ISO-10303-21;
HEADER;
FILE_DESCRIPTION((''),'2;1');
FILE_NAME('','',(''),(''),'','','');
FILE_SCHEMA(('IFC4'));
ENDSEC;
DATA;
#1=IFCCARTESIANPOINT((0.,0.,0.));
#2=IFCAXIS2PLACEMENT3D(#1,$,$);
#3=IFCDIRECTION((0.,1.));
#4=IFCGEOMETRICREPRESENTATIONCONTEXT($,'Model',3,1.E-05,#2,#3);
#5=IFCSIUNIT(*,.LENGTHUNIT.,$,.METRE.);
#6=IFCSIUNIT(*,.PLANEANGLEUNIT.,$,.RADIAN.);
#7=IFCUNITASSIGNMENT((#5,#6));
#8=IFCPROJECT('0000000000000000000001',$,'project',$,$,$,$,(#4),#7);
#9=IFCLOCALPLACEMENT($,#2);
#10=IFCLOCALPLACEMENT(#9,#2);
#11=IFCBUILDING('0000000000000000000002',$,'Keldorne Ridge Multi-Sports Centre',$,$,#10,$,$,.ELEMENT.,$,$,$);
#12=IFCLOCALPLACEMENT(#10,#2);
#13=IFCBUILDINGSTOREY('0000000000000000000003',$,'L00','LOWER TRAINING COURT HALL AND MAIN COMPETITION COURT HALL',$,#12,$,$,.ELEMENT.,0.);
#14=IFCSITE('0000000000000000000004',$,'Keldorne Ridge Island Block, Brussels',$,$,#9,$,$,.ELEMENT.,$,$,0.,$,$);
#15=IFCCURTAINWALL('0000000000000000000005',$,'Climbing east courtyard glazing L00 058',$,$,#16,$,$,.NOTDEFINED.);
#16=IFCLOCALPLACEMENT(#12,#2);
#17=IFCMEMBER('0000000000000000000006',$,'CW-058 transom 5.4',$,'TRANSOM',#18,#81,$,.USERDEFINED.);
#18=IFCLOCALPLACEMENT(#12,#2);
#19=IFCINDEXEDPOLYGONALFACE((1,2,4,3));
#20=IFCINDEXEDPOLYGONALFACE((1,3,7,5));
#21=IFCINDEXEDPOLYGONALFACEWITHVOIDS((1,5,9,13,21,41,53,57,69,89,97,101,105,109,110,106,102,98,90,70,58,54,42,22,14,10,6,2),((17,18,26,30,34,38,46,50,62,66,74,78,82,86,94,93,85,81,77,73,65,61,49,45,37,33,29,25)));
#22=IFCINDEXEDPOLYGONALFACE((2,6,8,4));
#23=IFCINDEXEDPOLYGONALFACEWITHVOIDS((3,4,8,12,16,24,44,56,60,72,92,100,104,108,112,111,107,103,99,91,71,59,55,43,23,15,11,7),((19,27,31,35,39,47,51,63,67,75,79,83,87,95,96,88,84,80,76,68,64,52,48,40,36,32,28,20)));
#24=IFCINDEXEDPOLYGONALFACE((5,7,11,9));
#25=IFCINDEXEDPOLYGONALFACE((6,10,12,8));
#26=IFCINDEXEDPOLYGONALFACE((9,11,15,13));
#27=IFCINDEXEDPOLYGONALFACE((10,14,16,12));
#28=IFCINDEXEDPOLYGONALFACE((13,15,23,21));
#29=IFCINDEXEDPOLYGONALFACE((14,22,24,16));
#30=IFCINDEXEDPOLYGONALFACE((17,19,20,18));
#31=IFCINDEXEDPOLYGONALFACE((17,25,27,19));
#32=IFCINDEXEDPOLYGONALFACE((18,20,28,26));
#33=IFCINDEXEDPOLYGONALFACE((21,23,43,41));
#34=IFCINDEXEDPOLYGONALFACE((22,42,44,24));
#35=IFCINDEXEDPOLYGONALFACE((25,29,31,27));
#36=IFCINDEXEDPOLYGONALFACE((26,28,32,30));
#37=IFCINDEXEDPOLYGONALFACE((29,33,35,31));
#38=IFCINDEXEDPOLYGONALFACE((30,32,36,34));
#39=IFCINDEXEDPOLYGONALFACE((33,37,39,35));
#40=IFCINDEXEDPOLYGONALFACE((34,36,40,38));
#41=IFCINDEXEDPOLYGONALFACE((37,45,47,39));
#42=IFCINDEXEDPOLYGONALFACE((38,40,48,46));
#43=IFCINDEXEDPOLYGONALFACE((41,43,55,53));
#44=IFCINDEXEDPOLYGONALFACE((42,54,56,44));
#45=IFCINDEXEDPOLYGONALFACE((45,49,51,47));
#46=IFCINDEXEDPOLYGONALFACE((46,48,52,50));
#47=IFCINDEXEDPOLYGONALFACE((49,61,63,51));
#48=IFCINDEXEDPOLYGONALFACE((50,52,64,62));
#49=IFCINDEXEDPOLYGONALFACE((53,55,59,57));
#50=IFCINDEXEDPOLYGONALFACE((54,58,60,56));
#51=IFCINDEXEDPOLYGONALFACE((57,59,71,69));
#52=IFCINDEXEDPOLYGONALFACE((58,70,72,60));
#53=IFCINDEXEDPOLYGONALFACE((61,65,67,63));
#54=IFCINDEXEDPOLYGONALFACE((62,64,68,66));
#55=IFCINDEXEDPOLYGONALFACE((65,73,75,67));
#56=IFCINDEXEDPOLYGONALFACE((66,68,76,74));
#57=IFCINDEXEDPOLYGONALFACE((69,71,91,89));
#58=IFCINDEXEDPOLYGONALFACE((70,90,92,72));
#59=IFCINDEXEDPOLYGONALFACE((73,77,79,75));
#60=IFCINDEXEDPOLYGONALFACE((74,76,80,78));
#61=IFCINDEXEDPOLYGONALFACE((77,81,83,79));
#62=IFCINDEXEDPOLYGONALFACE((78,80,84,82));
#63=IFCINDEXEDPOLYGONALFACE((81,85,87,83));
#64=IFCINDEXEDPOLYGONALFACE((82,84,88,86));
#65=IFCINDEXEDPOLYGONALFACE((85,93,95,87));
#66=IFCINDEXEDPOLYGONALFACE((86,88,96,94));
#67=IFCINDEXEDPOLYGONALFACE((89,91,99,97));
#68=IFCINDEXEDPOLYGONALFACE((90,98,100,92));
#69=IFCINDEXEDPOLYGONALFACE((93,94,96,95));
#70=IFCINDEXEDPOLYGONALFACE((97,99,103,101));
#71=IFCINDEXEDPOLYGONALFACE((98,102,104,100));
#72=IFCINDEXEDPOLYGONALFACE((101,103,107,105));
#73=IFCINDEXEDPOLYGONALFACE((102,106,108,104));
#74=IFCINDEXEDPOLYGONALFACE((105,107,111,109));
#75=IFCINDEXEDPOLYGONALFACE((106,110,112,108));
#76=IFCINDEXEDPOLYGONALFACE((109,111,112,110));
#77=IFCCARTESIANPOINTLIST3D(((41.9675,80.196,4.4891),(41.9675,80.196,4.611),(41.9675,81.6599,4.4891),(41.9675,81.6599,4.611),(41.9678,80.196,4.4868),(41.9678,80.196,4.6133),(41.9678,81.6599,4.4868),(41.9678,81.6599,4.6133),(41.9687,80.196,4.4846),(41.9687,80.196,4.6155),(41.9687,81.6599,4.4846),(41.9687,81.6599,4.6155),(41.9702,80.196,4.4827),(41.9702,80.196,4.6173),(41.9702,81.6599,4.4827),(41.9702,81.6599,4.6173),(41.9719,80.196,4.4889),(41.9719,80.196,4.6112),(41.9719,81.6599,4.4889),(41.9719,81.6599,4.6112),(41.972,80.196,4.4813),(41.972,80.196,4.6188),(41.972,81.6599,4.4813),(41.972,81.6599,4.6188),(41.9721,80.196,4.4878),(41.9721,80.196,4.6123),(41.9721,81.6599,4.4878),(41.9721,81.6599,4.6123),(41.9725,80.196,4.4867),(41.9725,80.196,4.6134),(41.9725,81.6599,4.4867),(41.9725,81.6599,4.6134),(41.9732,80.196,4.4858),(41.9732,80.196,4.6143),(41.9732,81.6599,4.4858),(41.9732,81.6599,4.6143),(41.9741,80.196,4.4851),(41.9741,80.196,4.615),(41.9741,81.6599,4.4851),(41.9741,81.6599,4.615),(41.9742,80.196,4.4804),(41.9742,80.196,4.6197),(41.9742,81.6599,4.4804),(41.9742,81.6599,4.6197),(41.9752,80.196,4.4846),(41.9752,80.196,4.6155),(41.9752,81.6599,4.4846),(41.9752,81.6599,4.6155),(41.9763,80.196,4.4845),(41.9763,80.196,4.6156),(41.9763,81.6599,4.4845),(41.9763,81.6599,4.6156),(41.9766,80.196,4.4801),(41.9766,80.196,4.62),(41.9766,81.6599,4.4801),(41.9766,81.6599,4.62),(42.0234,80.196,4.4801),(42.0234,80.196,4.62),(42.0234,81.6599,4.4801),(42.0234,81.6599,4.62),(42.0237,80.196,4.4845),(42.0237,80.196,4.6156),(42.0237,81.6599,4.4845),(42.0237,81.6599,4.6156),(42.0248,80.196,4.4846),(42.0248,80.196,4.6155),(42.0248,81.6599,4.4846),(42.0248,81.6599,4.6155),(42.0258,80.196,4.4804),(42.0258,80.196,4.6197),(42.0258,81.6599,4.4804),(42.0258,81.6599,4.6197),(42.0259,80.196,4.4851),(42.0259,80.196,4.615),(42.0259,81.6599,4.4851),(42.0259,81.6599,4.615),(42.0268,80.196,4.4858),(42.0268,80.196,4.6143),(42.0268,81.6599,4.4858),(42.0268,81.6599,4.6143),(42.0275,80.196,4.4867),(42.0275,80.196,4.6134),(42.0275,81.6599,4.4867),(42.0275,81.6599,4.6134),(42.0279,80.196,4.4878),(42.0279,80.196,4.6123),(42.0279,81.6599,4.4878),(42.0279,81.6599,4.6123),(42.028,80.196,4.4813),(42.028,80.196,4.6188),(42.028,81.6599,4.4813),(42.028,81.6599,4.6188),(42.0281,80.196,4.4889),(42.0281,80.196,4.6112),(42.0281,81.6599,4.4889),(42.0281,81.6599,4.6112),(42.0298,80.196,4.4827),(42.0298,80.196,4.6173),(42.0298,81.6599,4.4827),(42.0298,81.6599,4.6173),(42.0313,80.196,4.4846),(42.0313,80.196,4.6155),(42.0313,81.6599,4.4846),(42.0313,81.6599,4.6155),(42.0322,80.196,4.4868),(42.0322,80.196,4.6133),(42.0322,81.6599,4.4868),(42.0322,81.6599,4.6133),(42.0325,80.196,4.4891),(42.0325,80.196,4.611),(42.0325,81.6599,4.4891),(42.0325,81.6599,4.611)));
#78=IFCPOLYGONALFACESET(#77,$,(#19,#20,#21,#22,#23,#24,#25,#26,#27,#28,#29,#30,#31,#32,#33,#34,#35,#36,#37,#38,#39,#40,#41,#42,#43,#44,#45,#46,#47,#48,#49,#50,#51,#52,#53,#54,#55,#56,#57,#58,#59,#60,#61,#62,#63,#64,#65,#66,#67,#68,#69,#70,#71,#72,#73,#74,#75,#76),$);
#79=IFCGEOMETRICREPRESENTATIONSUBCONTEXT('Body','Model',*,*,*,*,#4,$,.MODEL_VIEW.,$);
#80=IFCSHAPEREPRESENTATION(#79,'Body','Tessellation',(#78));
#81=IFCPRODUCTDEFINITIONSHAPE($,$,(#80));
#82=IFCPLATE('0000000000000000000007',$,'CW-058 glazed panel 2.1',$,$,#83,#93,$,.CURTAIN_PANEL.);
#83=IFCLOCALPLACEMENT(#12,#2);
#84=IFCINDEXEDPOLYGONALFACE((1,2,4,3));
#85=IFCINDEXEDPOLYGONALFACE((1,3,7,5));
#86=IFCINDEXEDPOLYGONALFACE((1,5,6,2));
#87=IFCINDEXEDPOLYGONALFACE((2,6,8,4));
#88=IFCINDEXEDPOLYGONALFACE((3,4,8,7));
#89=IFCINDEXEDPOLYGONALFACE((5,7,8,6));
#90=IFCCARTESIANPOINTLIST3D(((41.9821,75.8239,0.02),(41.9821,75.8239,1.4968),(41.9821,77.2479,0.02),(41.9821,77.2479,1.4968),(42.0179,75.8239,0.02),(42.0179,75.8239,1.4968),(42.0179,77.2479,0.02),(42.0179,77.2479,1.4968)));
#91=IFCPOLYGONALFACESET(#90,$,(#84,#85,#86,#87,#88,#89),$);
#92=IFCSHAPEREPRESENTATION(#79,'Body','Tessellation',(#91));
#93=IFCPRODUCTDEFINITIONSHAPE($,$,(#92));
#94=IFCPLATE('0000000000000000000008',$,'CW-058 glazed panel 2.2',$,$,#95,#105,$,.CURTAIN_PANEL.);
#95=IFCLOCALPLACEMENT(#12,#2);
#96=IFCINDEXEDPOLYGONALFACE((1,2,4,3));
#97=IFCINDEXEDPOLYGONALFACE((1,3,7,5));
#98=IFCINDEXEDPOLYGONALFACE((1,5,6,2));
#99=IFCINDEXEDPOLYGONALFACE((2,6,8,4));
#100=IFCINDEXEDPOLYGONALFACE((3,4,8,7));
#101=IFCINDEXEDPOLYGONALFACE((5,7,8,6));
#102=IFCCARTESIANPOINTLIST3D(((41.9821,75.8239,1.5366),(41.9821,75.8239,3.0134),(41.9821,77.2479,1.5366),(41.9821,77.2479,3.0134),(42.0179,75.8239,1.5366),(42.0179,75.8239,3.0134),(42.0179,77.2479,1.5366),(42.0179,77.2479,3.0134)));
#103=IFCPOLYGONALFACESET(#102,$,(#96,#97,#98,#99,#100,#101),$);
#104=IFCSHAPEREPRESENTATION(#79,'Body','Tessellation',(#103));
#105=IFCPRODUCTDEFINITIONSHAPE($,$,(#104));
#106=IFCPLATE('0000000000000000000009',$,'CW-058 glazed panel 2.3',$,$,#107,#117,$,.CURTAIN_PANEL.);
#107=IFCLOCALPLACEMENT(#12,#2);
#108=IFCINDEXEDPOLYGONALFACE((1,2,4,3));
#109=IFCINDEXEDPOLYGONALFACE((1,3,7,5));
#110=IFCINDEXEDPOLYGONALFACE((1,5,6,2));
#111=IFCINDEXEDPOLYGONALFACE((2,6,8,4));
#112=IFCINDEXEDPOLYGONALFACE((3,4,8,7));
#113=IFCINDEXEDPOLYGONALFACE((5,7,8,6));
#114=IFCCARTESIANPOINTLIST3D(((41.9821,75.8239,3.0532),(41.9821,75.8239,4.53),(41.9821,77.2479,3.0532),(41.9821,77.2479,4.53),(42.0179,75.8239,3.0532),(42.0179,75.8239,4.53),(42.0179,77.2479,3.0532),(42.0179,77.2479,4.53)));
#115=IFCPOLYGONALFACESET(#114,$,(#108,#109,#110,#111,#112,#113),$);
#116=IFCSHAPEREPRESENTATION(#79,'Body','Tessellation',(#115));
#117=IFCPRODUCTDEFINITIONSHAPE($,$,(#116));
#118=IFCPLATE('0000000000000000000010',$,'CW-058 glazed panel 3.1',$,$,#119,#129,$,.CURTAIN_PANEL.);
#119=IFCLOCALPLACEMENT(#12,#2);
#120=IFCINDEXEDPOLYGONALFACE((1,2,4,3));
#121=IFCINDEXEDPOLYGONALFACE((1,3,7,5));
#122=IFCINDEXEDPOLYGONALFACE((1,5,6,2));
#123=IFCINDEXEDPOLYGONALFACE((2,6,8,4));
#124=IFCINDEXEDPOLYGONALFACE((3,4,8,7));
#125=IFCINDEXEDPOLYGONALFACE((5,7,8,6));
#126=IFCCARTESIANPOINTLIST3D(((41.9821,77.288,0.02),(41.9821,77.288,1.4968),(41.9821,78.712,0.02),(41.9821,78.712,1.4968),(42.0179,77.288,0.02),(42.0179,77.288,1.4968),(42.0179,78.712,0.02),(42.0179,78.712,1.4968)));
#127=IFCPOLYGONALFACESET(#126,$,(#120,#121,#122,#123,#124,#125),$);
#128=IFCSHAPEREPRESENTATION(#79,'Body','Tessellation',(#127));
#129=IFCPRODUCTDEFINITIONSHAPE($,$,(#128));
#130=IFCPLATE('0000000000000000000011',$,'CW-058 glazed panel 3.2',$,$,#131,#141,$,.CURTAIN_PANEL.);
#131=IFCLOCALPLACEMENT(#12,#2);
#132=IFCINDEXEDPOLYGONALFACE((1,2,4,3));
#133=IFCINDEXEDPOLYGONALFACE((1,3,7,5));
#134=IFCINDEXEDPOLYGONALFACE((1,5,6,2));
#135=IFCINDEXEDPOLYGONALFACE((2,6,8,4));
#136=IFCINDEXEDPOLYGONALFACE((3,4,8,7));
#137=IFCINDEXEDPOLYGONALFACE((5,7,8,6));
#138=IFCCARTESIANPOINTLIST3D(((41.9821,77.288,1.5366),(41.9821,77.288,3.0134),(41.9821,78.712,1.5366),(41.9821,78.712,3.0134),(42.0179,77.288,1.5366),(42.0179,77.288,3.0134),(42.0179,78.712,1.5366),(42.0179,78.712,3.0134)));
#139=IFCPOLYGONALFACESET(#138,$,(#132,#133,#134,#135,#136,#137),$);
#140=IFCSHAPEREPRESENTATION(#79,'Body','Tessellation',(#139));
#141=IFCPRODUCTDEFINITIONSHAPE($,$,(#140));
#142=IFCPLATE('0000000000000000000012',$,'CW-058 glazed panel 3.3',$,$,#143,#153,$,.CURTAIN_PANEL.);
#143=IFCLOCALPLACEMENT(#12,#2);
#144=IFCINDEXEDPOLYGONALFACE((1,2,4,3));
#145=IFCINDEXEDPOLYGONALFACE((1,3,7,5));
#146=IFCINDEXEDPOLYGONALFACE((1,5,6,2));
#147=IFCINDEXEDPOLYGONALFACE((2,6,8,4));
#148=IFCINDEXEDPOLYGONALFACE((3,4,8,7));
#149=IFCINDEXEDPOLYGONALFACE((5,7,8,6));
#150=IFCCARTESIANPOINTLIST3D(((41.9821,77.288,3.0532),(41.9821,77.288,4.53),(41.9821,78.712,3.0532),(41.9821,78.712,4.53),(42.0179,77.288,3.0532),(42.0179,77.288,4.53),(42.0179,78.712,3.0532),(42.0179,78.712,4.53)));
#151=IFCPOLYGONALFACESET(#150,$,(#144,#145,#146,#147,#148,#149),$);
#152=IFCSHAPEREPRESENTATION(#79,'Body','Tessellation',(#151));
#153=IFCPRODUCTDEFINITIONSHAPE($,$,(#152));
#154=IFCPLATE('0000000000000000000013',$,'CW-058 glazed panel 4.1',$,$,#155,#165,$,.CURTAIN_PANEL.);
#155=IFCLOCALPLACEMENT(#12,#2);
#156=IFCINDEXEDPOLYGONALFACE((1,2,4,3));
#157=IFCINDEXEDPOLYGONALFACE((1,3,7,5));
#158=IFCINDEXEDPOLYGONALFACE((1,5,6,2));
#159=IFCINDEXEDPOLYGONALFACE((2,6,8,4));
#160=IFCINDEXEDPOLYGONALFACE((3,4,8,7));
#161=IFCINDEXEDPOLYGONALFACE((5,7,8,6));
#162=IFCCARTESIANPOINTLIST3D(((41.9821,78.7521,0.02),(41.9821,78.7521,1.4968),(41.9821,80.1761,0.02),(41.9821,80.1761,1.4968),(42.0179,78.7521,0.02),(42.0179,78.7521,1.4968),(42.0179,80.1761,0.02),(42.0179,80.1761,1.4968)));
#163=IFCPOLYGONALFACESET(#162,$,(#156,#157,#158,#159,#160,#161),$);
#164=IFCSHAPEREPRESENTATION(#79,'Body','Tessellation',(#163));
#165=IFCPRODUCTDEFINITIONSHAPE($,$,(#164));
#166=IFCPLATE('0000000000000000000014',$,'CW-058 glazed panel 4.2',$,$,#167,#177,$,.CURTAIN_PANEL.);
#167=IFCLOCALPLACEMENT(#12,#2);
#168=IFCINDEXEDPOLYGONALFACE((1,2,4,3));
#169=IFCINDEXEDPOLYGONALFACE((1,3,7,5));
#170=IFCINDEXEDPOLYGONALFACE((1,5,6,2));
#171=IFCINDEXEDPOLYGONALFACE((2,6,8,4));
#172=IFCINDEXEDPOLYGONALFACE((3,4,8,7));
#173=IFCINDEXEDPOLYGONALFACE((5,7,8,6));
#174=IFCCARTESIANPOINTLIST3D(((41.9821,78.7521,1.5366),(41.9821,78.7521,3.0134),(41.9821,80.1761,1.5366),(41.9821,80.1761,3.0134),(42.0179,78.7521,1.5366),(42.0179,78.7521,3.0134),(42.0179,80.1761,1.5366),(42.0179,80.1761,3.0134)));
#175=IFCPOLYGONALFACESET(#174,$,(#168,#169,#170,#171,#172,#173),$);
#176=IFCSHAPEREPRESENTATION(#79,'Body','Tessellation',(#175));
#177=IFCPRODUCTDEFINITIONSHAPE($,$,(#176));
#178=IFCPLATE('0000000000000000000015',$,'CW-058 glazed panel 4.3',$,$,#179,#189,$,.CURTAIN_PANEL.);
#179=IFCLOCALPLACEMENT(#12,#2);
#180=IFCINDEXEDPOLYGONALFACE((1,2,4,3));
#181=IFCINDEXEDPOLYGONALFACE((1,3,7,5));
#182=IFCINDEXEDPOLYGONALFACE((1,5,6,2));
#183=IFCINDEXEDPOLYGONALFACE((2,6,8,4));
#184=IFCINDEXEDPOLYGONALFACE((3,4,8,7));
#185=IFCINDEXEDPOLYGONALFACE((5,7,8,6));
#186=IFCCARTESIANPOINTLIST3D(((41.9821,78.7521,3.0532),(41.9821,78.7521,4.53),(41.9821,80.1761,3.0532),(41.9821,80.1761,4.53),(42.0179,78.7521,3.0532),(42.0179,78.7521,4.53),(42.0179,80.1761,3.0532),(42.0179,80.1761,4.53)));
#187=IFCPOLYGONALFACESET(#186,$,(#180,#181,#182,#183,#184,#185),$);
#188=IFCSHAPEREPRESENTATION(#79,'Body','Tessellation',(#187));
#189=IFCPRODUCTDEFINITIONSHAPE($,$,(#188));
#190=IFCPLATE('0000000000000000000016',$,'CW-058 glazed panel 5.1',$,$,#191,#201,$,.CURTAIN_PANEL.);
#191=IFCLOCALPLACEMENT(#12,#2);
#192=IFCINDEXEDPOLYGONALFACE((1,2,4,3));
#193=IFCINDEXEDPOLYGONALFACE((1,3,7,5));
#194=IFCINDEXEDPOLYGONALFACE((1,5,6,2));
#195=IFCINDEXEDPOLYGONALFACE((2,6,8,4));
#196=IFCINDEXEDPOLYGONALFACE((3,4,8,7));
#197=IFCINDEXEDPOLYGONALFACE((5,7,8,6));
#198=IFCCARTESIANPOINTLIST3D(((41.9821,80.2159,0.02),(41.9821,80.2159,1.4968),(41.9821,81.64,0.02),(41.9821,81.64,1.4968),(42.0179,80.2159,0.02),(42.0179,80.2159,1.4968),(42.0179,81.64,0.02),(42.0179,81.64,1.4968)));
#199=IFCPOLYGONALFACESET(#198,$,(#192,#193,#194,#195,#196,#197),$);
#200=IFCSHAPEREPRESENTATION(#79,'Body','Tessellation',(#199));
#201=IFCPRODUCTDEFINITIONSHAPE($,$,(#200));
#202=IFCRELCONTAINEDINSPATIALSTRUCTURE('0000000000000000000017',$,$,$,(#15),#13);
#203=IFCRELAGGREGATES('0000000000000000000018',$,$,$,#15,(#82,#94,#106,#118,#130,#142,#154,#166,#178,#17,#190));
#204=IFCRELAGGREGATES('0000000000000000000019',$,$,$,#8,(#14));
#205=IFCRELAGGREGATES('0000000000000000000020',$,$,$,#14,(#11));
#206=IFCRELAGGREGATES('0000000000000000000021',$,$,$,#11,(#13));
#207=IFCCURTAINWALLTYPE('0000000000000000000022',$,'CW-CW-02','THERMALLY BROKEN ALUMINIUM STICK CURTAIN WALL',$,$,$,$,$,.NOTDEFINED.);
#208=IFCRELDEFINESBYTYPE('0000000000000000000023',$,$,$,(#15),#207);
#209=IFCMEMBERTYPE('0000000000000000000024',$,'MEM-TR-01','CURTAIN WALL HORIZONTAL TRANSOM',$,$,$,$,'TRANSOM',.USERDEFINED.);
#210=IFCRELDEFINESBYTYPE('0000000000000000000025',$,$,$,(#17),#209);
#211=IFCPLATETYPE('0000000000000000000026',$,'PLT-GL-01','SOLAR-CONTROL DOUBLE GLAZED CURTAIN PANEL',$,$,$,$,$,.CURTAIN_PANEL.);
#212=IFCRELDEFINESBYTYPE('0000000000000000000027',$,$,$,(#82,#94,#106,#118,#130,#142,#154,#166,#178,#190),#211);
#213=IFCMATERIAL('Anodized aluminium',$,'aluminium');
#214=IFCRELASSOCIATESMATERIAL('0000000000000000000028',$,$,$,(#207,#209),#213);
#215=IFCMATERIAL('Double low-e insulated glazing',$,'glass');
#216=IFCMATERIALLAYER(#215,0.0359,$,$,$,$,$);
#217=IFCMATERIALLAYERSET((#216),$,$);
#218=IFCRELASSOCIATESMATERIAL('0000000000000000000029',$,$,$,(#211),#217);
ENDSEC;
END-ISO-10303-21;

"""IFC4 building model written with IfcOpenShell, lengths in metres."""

from ifc_helpers import new_model, si_unit, direction, frame, origin, origin_2d, place, context, subcontext, project, spatial, rectangle, hollow_rectangle, extrude, material, layer, layer_set, material_profile, profile_set, type_object, element, aggregate, save


model = new_model("IFC4")

# Units and contexts
model_context = context("Model", 3, precision=1e-05, world=origin(), true_north=direction((0.0, 1.0)))
body_context = subcontext(model_context, "Body", "Model", "MODEL_VIEW")
ifc_project = project(units=[si_unit("LENGTHUNIT", "METRE"), si_unit("PLANEANGLEUNIT", "RADIAN")], contexts=[model_context])

# Site, building, storey
site_placement = place(None, origin())
site = spatial("IfcSite", under=ifc_project, at=site_placement, Name="Keldorne Ridge Island Block, Brussels", CompositionType="ELEMENT", RefElevation=0.0)
building_placement = place(site_placement, origin())
building = spatial("IfcBuilding", under=site, at=building_placement, Name="Keldorne Ridge Multi-Sports Centre", CompositionType="ELEMENT")
storey_placement = place(building_placement, origin())
storey = spatial("IfcBuildingStorey", under=building, at=storey_placement, Name="L00", Description="LOWER TRAINING COURT HALL AND MAIN COMPETITION COURT HALL", CompositionType="ELEMENT", Elevation=0.0)

# Curtain wall, member, plates
ifc_material_1 = material(Name="Anodized aluminium", Category="aluminium")
curtain_wall_type = type_object("IfcCurtainWallType", Name="CW-CW-02", Description="THERMALLY BROKEN ALUMINIUM STICK CURTAIN WALL", PredefinedType="NOTDEFINED", material=ifc_material_1)
curtain_wall_placement = place(storey_placement, origin())
curtain_wall = element("IfcCurtainWall", 1, at=curtain_wall_placement, inside=storey, type_object=curtain_wall_type, Name="Climbing east courtyard glazing L00 058", PredefinedType="NOTDEFINED")
ifc_material_profile_1 = material_profile(ifc_material_1, hollow_rectangle(XDim=0.0649, YDim=0.1399, WallThickness=0.0044, InnerFilletRadius=0.0044, OuterFilletRadius=0.009, at=origin_2d()), Name="ALU TRANSOM 140x65x4.5")
ifc_profile_set_1 = profile_set([ifc_material_profile_1], Name="Anodized aluminium")
member_type_1 = type_object("IfcMemberType", Name="MEM-TR-01", Description="CURTAIN WALL HORIZONTAL TRANSOM", ElementType="TRANSOM", PredefinedType="USERDEFINED", material=ifc_profile_set_1)
member_1_placement = place(storey_placement, frame((42.0, 80.196, 4.55), z_axis=(0.0, 1.0, 0.0), x_axis=(-1.0, 0.0, 0.0)))
member_1 = element("IfcMember", 2, at=member_1_placement, type_object=member_type_1, Name="CW-058 transom 5.4", ObjectType="TRANSOM", PredefinedType="USERDEFINED", context=body_context, shape_type="SweptSolid", body=[
    extrude(hollow_rectangle(XDim=0.0649, YDim=0.1399, WallThickness=0.0044, InnerFilletRadius=0.0044, OuterFilletRadius=0.009, at=origin_2d()), origin(), (0.0, 0.0, 1.0), 1.4639),
])
ifc_material_2 = material(Name="Double low-e insulated glazing", Category="glass")
ifc_layer_1 = layer(ifc_material_2, 0.0359)
ifc_layer_set_1 = layer_set([ifc_layer_1])
plate_type_1 = type_object("IfcPlateType", Name="PLT-GL-01", Description="SOLAR-CONTROL DOUBLE GLAZED CURTAIN PANEL", PredefinedType="CURTAIN_PANEL", material=ifc_layer_set_1)
plate_1_placement = place(storey_placement, frame((42.0, 76.5359, 0.02), z_axis=(0.0, 0.0, 1.0), x_axis=(0.0, 1.0, 0.0)))
plate_1 = element("IfcPlate", 3, at=plate_1_placement, type_object=plate_type_1, Name="CW-058 glazed panel 2.1", PredefinedType="CURTAIN_PANEL", context=body_context, shape_type="SweptSolid", body=[
    extrude(rectangle(XDim=1.4241, YDim=0.0359, at=origin_2d()), origin(), (0.0, 0.0, 1.0), 1.4768),
])
plate_2_placement = place(storey_placement, frame((42.0, 76.5359, 1.5366), z_axis=(0.0, 0.0, 1.0), x_axis=(0.0, 1.0, 0.0)))
plate_2 = element("IfcPlate", 4, at=plate_2_placement, type_object=plate_type_1, Name="CW-058 glazed panel 2.2", PredefinedType="CURTAIN_PANEL", context=body_context, shape_type="SweptSolid", body=[
    extrude(rectangle(XDim=1.4241, YDim=0.0359, at=origin_2d()), origin(), (0.0, 0.0, 1.0), 1.4768),
])
plate_3_placement = place(storey_placement, frame((42.0, 76.5359, 3.0532), z_axis=(0.0, 0.0, 1.0), x_axis=(0.0, 1.0, 0.0)))
plate_3 = element("IfcPlate", 5, at=plate_3_placement, type_object=plate_type_1, Name="CW-058 glazed panel 2.3", PredefinedType="CURTAIN_PANEL", context=body_context, shape_type="SweptSolid", body=[
    extrude(rectangle(XDim=1.4241, YDim=0.0359, at=origin_2d()), origin(), (0.0, 0.0, 1.0), 1.4768),
])
plate_4_placement = place(storey_placement, frame((42.0, 78.0, 0.02), z_axis=(0.0, 0.0, 1.0), x_axis=(0.0, 1.0, 0.0)))
plate_4 = element("IfcPlate", 6, at=plate_4_placement, type_object=plate_type_1, Name="CW-058 glazed panel 3.1", PredefinedType="CURTAIN_PANEL", context=body_context, shape_type="SweptSolid", body=[
    extrude(rectangle(XDim=1.4241, YDim=0.0359, at=origin_2d()), origin(), (0.0, 0.0, 1.0), 1.4768),
])
plate_5_placement = place(storey_placement, frame((42.0, 78.0, 1.5366), z_axis=(0.0, 0.0, 1.0), x_axis=(0.0, 1.0, 0.0)))
plate_5 = element("IfcPlate", 7, at=plate_5_placement, type_object=plate_type_1, Name="CW-058 glazed panel 3.2", PredefinedType="CURTAIN_PANEL", context=body_context, shape_type="SweptSolid", body=[
    extrude(rectangle(XDim=1.4241, YDim=0.0359, at=origin_2d()), origin(), (0.0, 0.0, 1.0), 1.4768),
])
plate_6_placement = place(storey_placement, frame((42.0, 78.0, 3.0532), z_axis=(0.0, 0.0, 1.0), x_axis=(0.0, 1.0, 0.0)))
plate_6 = element("IfcPlate", 8, at=plate_6_placement, type_object=plate_type_1, Name="CW-058 glazed panel 3.3", PredefinedType="CURTAIN_PANEL", context=body_context, shape_type="SweptSolid", body=[
    extrude(rectangle(XDim=1.4241, YDim=0.0359, at=origin_2d()), origin(), (0.0, 0.0, 1.0), 1.4768),
])
plate_7_placement = place(storey_placement, frame((42.0, 79.4641, 0.02), z_axis=(0.0, 0.0, 1.0), x_axis=(0.0, 1.0, 0.0)))
plate_7 = element("IfcPlate", 9, at=plate_7_placement, type_object=plate_type_1, Name="CW-058 glazed panel 4.1", PredefinedType="CURTAIN_PANEL", context=body_context, shape_type="SweptSolid", body=[
    extrude(rectangle(XDim=1.4241, YDim=0.0359, at=origin_2d()), origin(), (0.0, 0.0, 1.0), 1.4768),
])
plate_8_placement = place(storey_placement, frame((42.0, 79.4641, 1.5366), z_axis=(0.0, 0.0, 1.0), x_axis=(0.0, 1.0, 0.0)))
plate_8 = element("IfcPlate", 10, at=plate_8_placement, type_object=plate_type_1, Name="CW-058 glazed panel 4.2", PredefinedType="CURTAIN_PANEL", context=body_context, shape_type="SweptSolid", body=[
    extrude(rectangle(XDim=1.4241, YDim=0.0359, at=origin_2d()), origin(), (0.0, 0.0, 1.0), 1.4768),
])
plate_9_placement = place(storey_placement, frame((42.0, 79.4641, 3.0532), z_axis=(0.0, 0.0, 1.0), x_axis=(0.0, 1.0, 0.0)))
plate_9 = element("IfcPlate", 11, at=plate_9_placement, type_object=plate_type_1, Name="CW-058 glazed panel 4.3", PredefinedType="CURTAIN_PANEL", context=body_context, shape_type="SweptSolid", body=[
    extrude(rectangle(XDim=1.4241, YDim=0.0359, at=origin_2d()), origin(), (0.0, 0.0, 1.0), 1.4768),
])
plate_10_placement = place(storey_placement, frame((42.0, 80.928, 0.02), z_axis=(0.0, 0.0, 1.0), x_axis=(0.0, 1.0, 0.0)))
plate_10 = element("IfcPlate", 12, at=plate_10_placement, type_object=plate_type_1, Name="CW-058 glazed panel 5.1", PredefinedType="CURTAIN_PANEL", context=body_context, shape_type="SweptSolid", body=[
    extrude(rectangle(XDim=1.4241, YDim=0.0359, at=origin_2d()), origin(), (0.0, 0.0, 1.0), 1.4768),
])
aggregate(curtain_wall, [plate_1, plate_2, plate_3, plate_4, plate_5, plate_6, plate_7, plate_8, plate_9, member_1, plate_10])

save(model, "model.ifc")
